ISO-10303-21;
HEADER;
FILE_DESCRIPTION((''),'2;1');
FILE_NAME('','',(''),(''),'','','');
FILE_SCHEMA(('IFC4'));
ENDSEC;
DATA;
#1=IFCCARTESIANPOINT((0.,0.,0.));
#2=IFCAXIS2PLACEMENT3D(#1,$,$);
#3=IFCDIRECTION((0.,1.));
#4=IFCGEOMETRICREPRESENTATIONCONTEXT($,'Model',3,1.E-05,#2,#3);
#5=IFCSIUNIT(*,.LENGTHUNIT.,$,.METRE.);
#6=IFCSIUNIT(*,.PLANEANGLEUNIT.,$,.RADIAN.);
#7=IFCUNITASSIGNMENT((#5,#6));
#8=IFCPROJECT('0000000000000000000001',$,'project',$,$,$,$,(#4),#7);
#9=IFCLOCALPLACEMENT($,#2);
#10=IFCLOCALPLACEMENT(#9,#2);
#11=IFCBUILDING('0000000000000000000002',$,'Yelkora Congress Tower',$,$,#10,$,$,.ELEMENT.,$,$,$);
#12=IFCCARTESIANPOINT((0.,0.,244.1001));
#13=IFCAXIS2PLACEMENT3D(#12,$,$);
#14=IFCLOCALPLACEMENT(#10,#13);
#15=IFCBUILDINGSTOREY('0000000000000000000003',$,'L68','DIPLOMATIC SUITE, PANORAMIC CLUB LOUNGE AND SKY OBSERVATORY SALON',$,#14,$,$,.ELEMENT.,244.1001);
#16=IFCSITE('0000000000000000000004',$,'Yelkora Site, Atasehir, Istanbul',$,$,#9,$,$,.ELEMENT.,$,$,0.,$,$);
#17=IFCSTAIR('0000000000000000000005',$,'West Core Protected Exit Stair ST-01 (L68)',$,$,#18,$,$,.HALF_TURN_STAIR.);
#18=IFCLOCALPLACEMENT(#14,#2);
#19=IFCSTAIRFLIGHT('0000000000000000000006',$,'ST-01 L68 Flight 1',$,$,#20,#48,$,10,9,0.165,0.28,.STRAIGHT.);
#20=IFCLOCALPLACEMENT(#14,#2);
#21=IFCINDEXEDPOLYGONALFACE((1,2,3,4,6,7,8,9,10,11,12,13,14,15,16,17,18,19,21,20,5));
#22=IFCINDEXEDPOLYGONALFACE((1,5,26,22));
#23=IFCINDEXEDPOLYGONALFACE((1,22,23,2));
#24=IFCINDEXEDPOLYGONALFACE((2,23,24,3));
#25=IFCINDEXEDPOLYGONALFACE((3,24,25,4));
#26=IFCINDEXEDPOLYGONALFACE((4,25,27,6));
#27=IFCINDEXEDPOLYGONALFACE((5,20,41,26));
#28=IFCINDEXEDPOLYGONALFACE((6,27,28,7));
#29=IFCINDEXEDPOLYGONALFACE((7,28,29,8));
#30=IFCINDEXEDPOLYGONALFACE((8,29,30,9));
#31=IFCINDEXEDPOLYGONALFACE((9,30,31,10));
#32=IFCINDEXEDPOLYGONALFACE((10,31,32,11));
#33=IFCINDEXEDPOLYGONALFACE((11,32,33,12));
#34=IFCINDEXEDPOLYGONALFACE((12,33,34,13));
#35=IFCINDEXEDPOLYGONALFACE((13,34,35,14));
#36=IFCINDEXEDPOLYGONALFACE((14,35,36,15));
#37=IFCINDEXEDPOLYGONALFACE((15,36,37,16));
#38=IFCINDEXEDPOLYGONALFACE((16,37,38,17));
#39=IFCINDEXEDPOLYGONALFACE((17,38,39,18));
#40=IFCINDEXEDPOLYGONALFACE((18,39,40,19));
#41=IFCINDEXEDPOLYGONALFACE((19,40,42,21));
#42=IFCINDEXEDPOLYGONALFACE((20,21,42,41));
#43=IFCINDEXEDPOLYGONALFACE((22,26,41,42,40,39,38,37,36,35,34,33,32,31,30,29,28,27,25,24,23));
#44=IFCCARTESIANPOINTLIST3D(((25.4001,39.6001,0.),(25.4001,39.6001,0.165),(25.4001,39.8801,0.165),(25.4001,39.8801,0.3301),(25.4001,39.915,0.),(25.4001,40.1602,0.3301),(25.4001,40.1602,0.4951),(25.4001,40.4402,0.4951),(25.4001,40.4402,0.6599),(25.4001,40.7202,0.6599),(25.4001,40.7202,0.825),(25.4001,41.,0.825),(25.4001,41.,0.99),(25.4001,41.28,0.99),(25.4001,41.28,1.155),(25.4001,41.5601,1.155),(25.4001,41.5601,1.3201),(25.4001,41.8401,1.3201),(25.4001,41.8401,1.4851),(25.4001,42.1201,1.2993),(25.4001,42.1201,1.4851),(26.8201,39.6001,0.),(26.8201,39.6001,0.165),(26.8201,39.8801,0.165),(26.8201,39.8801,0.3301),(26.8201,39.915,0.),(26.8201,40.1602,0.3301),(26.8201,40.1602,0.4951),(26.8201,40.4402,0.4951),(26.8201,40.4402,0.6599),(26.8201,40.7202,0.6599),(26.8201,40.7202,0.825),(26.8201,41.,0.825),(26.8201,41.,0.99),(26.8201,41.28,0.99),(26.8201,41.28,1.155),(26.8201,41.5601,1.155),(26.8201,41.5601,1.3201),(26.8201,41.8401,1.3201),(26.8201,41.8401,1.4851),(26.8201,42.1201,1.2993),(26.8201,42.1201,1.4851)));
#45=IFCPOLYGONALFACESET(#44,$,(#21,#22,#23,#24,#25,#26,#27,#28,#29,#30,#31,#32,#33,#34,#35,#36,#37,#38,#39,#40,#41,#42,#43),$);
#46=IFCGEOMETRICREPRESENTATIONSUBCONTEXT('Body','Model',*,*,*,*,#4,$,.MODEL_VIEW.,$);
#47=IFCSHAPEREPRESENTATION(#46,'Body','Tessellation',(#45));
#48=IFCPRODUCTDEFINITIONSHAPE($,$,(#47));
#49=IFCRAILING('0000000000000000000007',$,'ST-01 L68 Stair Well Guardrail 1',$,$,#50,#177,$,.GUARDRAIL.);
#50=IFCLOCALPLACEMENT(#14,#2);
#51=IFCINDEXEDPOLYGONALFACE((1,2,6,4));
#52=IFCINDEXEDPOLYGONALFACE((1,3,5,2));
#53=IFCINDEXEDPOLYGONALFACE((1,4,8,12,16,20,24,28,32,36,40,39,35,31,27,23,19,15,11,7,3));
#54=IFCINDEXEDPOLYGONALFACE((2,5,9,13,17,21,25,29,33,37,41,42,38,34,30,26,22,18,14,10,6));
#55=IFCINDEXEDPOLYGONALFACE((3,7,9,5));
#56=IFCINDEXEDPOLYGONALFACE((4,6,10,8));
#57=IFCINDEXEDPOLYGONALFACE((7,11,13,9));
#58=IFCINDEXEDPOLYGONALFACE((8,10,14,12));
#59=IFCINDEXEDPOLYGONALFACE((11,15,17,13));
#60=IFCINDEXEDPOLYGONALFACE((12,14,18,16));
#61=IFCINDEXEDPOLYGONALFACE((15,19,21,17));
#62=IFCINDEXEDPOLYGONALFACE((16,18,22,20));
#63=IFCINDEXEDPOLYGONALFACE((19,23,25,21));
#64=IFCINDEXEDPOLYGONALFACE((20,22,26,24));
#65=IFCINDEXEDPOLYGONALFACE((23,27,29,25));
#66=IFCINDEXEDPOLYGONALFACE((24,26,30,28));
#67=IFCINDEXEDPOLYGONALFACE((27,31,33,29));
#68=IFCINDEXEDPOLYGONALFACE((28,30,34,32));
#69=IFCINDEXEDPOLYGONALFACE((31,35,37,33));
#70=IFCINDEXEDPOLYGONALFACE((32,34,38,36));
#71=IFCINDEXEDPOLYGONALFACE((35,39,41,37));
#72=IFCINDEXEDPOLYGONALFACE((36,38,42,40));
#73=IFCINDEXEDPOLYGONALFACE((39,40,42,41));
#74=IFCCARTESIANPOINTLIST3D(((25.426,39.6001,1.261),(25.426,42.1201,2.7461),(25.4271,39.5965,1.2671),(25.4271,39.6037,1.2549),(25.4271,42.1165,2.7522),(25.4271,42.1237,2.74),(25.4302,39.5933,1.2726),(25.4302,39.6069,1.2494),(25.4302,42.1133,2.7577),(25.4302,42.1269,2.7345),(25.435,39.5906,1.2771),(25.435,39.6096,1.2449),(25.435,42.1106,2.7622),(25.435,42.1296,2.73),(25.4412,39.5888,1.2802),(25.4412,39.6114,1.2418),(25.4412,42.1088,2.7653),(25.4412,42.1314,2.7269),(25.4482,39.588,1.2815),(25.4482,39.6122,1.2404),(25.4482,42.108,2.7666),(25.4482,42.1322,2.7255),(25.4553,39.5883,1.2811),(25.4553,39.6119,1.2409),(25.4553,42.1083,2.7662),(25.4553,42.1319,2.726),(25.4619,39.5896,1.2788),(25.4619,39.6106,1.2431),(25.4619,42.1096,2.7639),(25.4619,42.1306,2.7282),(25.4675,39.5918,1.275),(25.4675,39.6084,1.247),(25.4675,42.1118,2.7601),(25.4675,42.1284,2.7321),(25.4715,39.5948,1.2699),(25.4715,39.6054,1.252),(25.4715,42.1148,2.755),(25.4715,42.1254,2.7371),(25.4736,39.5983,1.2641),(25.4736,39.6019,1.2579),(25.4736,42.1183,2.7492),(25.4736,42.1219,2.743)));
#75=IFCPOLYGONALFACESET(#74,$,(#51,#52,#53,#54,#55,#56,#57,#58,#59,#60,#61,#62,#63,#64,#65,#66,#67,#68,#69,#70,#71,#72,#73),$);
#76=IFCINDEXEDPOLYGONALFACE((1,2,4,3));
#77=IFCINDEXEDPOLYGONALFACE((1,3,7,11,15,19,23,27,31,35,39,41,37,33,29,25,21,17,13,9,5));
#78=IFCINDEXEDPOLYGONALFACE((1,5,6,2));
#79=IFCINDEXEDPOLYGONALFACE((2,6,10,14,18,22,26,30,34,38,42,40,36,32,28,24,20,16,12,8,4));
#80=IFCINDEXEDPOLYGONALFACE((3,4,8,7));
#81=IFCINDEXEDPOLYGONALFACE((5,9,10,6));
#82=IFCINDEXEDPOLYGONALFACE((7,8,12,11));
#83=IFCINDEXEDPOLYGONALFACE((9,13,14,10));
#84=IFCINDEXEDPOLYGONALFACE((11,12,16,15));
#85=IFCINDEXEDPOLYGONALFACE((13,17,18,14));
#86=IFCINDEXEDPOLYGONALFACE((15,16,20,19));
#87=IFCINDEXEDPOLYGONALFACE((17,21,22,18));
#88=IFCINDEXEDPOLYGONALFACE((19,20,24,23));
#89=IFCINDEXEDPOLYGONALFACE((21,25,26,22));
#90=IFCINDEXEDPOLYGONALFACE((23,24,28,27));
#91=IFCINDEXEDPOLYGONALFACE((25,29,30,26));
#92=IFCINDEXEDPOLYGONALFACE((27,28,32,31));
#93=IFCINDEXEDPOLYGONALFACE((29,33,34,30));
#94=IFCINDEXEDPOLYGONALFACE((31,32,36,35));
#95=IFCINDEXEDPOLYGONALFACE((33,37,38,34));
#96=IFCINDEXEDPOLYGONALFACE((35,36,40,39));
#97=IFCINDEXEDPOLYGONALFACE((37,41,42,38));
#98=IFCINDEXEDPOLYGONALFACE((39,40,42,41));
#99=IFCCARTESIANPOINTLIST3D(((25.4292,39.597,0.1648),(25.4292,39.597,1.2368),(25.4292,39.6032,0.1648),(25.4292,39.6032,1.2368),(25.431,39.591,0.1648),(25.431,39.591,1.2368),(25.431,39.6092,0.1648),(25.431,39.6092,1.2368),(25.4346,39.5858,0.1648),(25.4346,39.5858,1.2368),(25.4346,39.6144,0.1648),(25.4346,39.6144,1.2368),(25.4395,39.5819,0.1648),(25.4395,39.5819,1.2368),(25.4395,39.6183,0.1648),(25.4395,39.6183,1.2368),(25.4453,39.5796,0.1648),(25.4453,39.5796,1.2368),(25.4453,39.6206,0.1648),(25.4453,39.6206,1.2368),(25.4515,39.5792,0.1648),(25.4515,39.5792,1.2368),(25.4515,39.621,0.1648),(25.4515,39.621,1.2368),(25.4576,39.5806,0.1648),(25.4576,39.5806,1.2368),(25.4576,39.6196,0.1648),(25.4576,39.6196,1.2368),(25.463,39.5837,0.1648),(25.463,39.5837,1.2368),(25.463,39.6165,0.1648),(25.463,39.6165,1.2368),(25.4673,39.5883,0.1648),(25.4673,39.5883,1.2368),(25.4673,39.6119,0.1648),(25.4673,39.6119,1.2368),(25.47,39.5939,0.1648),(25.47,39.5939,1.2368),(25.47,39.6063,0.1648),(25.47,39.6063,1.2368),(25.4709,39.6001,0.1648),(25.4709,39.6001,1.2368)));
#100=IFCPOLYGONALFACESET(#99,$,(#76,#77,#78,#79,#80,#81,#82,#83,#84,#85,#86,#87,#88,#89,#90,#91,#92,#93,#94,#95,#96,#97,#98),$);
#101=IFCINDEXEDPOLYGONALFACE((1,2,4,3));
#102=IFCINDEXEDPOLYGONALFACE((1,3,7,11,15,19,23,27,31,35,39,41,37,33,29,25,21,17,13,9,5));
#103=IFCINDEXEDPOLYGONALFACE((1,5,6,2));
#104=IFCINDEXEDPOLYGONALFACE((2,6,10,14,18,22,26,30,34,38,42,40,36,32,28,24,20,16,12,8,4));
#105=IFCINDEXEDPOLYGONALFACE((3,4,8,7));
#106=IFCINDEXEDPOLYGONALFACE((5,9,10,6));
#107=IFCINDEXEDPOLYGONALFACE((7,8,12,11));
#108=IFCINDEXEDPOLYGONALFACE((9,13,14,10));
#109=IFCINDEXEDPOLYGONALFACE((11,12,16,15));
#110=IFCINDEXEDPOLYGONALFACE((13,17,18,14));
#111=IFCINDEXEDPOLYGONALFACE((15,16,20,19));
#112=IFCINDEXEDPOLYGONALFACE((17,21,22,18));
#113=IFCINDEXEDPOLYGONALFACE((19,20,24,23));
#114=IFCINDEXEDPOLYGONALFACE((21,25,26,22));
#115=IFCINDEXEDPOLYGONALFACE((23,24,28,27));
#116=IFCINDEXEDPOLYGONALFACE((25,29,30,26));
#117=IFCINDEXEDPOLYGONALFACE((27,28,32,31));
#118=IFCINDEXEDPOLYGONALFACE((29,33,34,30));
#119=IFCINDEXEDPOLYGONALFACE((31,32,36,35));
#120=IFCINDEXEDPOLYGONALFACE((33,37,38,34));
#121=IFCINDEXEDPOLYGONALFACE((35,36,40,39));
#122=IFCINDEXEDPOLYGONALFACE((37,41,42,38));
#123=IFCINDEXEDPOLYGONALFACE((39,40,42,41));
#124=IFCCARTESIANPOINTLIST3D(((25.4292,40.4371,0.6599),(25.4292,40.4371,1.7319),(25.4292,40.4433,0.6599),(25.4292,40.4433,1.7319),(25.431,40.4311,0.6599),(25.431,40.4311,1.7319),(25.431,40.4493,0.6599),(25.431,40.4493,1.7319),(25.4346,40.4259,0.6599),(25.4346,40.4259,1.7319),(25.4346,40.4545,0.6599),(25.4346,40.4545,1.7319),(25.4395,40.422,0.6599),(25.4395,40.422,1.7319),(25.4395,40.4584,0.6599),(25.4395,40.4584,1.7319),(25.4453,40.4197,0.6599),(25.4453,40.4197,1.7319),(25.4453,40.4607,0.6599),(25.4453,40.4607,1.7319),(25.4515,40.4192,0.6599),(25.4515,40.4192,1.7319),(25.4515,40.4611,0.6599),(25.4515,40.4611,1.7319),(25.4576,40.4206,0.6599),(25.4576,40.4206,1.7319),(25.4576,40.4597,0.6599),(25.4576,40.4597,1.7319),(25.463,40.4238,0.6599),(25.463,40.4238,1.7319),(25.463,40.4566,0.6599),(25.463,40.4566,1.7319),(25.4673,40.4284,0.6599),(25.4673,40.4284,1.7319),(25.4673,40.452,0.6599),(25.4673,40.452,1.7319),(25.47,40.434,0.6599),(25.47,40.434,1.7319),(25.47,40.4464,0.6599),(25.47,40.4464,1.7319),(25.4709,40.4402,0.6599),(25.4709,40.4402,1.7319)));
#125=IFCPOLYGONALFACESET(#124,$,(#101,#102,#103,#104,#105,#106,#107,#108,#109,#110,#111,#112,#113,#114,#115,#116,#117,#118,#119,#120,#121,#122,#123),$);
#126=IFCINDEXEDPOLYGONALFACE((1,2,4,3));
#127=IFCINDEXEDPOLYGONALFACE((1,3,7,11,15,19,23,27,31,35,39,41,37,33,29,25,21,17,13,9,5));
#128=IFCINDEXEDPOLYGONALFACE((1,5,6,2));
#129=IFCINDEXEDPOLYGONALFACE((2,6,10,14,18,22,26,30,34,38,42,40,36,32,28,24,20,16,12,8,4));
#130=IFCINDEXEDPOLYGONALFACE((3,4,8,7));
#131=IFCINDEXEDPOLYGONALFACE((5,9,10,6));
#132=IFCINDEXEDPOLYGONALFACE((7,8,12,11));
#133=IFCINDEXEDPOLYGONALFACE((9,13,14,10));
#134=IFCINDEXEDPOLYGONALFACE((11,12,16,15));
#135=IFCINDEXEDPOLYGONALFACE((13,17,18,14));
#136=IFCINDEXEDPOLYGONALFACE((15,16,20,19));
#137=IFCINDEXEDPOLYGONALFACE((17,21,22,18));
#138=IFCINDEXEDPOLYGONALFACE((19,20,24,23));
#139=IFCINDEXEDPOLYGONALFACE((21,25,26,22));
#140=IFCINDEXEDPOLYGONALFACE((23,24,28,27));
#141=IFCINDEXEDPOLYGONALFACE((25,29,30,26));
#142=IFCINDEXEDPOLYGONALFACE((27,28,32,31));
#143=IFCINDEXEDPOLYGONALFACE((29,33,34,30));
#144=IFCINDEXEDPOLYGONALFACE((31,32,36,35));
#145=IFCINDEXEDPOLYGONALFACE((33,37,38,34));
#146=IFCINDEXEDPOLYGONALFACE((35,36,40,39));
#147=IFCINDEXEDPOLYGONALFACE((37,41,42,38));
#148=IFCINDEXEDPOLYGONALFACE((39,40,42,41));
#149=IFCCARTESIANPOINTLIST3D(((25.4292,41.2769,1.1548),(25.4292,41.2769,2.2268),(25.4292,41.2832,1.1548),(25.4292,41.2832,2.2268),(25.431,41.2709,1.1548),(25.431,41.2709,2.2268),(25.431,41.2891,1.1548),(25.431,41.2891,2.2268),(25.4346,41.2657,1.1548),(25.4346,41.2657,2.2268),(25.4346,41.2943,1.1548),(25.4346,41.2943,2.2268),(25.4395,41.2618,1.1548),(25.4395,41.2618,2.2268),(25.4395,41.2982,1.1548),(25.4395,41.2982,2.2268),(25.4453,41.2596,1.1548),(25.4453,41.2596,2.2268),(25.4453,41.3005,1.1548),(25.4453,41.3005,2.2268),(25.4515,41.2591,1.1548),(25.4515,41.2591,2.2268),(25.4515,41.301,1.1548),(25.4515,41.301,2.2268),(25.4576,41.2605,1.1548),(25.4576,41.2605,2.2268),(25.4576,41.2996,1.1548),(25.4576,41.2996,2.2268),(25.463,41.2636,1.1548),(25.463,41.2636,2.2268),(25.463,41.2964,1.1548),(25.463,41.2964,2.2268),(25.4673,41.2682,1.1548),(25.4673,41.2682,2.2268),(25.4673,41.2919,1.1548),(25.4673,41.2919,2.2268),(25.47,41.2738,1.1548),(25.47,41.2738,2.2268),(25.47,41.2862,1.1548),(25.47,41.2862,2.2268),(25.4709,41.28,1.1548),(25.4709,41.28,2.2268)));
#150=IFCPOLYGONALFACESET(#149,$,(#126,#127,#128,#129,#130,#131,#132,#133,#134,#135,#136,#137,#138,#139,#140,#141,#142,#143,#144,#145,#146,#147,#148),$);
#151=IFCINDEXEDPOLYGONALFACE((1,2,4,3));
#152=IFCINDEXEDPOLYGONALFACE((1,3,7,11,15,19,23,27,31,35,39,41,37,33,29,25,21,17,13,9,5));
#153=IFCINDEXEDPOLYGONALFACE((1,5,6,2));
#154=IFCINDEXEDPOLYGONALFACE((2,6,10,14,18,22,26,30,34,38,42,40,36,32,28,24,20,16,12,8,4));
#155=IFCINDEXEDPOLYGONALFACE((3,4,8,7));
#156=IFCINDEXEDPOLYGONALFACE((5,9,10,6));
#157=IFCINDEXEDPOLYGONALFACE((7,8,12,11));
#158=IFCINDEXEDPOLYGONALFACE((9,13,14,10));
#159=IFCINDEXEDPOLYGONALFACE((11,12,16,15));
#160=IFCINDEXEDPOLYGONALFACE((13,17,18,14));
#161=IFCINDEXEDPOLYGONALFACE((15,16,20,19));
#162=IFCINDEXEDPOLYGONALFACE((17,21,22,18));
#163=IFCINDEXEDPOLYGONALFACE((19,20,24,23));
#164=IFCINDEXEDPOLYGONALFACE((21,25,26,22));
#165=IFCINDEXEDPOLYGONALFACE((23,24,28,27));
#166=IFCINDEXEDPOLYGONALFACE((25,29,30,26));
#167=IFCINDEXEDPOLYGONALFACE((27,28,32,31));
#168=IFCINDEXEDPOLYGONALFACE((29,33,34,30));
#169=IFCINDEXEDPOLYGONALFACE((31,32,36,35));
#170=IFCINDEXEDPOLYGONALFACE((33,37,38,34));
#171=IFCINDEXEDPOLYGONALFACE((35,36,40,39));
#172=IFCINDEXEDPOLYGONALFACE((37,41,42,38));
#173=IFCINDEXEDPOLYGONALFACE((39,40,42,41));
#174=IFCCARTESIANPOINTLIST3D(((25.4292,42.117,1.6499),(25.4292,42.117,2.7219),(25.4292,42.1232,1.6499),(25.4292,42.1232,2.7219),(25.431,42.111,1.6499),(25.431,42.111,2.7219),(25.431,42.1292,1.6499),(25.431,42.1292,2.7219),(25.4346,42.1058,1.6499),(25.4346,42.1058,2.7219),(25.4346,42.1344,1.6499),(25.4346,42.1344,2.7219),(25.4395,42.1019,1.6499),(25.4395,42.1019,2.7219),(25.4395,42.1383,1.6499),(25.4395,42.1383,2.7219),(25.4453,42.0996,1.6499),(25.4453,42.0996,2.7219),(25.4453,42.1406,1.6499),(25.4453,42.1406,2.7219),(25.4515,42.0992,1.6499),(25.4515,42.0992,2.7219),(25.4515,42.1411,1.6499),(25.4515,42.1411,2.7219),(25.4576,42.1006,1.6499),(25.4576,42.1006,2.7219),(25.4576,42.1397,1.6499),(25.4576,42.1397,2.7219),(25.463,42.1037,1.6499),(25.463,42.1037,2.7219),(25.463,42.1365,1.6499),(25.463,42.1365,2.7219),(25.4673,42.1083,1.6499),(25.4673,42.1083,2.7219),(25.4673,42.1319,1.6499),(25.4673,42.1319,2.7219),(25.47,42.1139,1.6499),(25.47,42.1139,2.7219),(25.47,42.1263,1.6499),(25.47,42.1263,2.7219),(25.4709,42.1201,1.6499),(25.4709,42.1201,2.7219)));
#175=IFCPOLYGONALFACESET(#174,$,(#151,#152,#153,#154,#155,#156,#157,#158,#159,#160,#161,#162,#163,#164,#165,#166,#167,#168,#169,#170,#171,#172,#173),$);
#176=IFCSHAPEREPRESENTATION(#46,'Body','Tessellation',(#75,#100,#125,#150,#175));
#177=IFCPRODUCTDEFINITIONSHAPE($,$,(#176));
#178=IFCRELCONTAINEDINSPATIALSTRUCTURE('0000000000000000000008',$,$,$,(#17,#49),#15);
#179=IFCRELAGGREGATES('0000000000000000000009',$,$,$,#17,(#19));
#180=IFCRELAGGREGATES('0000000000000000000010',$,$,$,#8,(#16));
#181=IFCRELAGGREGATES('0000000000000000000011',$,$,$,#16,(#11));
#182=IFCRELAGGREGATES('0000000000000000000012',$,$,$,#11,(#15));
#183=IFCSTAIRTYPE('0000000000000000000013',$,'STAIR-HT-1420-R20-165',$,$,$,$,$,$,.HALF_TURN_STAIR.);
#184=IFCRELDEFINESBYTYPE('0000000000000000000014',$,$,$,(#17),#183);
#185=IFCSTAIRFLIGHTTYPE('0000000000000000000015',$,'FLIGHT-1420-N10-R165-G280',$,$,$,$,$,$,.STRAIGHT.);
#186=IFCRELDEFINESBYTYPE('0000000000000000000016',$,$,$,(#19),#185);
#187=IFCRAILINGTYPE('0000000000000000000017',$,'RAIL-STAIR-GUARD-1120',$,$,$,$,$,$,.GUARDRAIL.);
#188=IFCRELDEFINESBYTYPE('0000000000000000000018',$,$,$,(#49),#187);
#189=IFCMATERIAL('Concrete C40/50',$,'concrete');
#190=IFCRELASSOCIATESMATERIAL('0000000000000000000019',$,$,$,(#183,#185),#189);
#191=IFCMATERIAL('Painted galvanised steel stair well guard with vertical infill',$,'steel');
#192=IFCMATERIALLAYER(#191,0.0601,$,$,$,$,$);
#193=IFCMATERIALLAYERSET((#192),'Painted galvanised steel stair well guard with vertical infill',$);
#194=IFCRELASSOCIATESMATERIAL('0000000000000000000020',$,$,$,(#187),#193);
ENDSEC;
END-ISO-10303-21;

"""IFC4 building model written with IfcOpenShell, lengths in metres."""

from ifc_helpers import new_model, si_unit, direction, frame, origin, origin_2d, place, context, subcontext, project, spatial, polyline, circle, outline, extrude, material, layer, layer_set, type_object, element, aggregate, save


model = new_model("IFC4")

# Units and contexts
model_context = context("Model", 3, precision=1e-05, world=origin(), true_north=direction((0.0, 1.0)))
body_context = subcontext(model_context, "Body", "Model", "MODEL_VIEW")
ifc_project = project(units=[si_unit("LENGTHUNIT", "METRE"), si_unit("PLANEANGLEUNIT", "RADIAN")], contexts=[model_context])

# Site, building, storey
site_placement = place(None, origin())
site = spatial("IfcSite", under=ifc_project, at=site_placement, Name="Yelkora Site, Atasehir, Istanbul", CompositionType="ELEMENT", RefElevation=0.0)
building_placement = place(site_placement, origin())
building = spatial("IfcBuilding", under=site, at=building_placement, Name="Yelkora Congress Tower", CompositionType="ELEMENT")
storey_placement = place(building_placement, frame((0.0, 0.0, 244.1001)))
storey = spatial("IfcBuildingStorey", under=building, at=storey_placement, Name="L68", Description="DIPLOMATIC SUITE, PANORAMIC CLUB LOUNGE AND SKY OBSERVATORY SALON", CompositionType="ELEMENT", Elevation=244.1001)

# Stair, stair flight
ifc_material_1 = material(Name="Concrete C40/50", Category="concrete")
stair_type = type_object("IfcStairType", Name="STAIR-HT-1420-R20-165", PredefinedType="HALF_TURN_STAIR", material=ifc_material_1)
stair_placement = place(storey_placement, origin())
stair = element("IfcStair", 1, at=stair_placement, inside=storey, type_object=stair_type, Name="West Core Protected Exit Stair ST-01 (L68)", PredefinedType="HALF_TURN_STAIR")
stair_flight_type = type_object("IfcStairFlightType", Name="FLIGHT-1420-N10-R165-G280", PredefinedType="STRAIGHT", material=ifc_material_1)
stair_flight_placement = place(storey_placement, frame((26.1101, 39.6001, 0.0), z_axis=(0.0, 0.0, 1.0), x_axis=(0.0, 1.0, 0.0)))
stair_flight = element("IfcStairFlight", 2, at=stair_flight_placement, type_object=stair_flight_type, Name="ST-01 L68 Flight 1", NumberOfRisers=10, NumberOfTreads=9, PredefinedType="STRAIGHT", RiserHeight=0.165, TreadLength=0.28, context=body_context, shape_type="SweptSolid", body=[
    extrude(outline(polyline([(0.0, 0.0), (0.0, 0.165), (0.28, 0.165), (0.28, 0.3301), (0.5601, 0.3301), (0.5601, 0.4951), (0.8401, 0.4951), (0.8401, 0.6599), (1.1201, 0.6599), (1.1201, 0.825), (1.3999, 0.825), (1.3999, 0.99), (1.6799, 0.99), (1.6799, 1.155), (1.96, 1.155), (1.96, 1.3201), (2.24, 1.3201), (2.24, 1.4851), (2.52, 1.4851), (2.52, 1.6499), (2.52, 1.2993), (0.3149, 0.0), (0.0, 0.0)])), frame((0.0, 0.71, 0.0), z_axis=(0.0, -1.0, 0.0), x_axis=(1.0, 0.0, 0.0)), (0.0, 0.0, 1.0), 1.4199),
])
aggregate(stair, [stair_flight])

# Railing
ifc_material_2 = material(Name="Painted galvanised steel stair well guard with vertical infill", Category="steel")
ifc_layer_1 = layer(ifc_material_2, 0.0601)
ifc_layer_set_1 = layer_set([ifc_layer_1], Name="Painted galvanised steel stair well guard with vertical infill")
railing_type_1 = type_object("IfcRailingType", Name="RAIL-STAIR-GUARD-1120", PredefinedType="GUARDRAIL", material=ifc_layer_set_1)
railing_1_placement = place(storey_placement, frame((25.45, 39.6001, 0.1648)))
element("IfcRailing", 3, at=railing_1_placement, inside=storey, type_object=railing_type_1, Name="ST-01 L68 Stair Well Guardrail 1", PredefinedType="GUARDRAIL", context=body_context, shape_type="SweptSolid", body=[
    extrude(circle(Radius=0.0239, at=origin_2d()), frame((0.0, 0.0, 1.0962), z_axis=(0.0, 0.861524, 0.507717), x_axis=(-1.0, 0.0, 0.0)), (0.0, 0.0, 1.0), 2.925),
    extrude(circle(Radius=0.021, at=origin_2d()), origin(), (0.0, 0.0, 1.0), 1.072),
    extrude(circle(Radius=0.021, at=origin_2d()), frame((0.0, 0.8401, 0.4951)), (0.0, 0.0, 1.0), 1.072),
    extrude(circle(Radius=0.021, at=origin_2d()), frame((0.0, 1.6799, 0.99)), (0.0, 0.0, 1.0), 1.072),
    extrude(circle(Radius=0.021, at=origin_2d()), frame((0.0, 2.52, 1.4851)), (0.0, 0.0, 1.0), 1.072),
])

save(model, "model.ifc")
